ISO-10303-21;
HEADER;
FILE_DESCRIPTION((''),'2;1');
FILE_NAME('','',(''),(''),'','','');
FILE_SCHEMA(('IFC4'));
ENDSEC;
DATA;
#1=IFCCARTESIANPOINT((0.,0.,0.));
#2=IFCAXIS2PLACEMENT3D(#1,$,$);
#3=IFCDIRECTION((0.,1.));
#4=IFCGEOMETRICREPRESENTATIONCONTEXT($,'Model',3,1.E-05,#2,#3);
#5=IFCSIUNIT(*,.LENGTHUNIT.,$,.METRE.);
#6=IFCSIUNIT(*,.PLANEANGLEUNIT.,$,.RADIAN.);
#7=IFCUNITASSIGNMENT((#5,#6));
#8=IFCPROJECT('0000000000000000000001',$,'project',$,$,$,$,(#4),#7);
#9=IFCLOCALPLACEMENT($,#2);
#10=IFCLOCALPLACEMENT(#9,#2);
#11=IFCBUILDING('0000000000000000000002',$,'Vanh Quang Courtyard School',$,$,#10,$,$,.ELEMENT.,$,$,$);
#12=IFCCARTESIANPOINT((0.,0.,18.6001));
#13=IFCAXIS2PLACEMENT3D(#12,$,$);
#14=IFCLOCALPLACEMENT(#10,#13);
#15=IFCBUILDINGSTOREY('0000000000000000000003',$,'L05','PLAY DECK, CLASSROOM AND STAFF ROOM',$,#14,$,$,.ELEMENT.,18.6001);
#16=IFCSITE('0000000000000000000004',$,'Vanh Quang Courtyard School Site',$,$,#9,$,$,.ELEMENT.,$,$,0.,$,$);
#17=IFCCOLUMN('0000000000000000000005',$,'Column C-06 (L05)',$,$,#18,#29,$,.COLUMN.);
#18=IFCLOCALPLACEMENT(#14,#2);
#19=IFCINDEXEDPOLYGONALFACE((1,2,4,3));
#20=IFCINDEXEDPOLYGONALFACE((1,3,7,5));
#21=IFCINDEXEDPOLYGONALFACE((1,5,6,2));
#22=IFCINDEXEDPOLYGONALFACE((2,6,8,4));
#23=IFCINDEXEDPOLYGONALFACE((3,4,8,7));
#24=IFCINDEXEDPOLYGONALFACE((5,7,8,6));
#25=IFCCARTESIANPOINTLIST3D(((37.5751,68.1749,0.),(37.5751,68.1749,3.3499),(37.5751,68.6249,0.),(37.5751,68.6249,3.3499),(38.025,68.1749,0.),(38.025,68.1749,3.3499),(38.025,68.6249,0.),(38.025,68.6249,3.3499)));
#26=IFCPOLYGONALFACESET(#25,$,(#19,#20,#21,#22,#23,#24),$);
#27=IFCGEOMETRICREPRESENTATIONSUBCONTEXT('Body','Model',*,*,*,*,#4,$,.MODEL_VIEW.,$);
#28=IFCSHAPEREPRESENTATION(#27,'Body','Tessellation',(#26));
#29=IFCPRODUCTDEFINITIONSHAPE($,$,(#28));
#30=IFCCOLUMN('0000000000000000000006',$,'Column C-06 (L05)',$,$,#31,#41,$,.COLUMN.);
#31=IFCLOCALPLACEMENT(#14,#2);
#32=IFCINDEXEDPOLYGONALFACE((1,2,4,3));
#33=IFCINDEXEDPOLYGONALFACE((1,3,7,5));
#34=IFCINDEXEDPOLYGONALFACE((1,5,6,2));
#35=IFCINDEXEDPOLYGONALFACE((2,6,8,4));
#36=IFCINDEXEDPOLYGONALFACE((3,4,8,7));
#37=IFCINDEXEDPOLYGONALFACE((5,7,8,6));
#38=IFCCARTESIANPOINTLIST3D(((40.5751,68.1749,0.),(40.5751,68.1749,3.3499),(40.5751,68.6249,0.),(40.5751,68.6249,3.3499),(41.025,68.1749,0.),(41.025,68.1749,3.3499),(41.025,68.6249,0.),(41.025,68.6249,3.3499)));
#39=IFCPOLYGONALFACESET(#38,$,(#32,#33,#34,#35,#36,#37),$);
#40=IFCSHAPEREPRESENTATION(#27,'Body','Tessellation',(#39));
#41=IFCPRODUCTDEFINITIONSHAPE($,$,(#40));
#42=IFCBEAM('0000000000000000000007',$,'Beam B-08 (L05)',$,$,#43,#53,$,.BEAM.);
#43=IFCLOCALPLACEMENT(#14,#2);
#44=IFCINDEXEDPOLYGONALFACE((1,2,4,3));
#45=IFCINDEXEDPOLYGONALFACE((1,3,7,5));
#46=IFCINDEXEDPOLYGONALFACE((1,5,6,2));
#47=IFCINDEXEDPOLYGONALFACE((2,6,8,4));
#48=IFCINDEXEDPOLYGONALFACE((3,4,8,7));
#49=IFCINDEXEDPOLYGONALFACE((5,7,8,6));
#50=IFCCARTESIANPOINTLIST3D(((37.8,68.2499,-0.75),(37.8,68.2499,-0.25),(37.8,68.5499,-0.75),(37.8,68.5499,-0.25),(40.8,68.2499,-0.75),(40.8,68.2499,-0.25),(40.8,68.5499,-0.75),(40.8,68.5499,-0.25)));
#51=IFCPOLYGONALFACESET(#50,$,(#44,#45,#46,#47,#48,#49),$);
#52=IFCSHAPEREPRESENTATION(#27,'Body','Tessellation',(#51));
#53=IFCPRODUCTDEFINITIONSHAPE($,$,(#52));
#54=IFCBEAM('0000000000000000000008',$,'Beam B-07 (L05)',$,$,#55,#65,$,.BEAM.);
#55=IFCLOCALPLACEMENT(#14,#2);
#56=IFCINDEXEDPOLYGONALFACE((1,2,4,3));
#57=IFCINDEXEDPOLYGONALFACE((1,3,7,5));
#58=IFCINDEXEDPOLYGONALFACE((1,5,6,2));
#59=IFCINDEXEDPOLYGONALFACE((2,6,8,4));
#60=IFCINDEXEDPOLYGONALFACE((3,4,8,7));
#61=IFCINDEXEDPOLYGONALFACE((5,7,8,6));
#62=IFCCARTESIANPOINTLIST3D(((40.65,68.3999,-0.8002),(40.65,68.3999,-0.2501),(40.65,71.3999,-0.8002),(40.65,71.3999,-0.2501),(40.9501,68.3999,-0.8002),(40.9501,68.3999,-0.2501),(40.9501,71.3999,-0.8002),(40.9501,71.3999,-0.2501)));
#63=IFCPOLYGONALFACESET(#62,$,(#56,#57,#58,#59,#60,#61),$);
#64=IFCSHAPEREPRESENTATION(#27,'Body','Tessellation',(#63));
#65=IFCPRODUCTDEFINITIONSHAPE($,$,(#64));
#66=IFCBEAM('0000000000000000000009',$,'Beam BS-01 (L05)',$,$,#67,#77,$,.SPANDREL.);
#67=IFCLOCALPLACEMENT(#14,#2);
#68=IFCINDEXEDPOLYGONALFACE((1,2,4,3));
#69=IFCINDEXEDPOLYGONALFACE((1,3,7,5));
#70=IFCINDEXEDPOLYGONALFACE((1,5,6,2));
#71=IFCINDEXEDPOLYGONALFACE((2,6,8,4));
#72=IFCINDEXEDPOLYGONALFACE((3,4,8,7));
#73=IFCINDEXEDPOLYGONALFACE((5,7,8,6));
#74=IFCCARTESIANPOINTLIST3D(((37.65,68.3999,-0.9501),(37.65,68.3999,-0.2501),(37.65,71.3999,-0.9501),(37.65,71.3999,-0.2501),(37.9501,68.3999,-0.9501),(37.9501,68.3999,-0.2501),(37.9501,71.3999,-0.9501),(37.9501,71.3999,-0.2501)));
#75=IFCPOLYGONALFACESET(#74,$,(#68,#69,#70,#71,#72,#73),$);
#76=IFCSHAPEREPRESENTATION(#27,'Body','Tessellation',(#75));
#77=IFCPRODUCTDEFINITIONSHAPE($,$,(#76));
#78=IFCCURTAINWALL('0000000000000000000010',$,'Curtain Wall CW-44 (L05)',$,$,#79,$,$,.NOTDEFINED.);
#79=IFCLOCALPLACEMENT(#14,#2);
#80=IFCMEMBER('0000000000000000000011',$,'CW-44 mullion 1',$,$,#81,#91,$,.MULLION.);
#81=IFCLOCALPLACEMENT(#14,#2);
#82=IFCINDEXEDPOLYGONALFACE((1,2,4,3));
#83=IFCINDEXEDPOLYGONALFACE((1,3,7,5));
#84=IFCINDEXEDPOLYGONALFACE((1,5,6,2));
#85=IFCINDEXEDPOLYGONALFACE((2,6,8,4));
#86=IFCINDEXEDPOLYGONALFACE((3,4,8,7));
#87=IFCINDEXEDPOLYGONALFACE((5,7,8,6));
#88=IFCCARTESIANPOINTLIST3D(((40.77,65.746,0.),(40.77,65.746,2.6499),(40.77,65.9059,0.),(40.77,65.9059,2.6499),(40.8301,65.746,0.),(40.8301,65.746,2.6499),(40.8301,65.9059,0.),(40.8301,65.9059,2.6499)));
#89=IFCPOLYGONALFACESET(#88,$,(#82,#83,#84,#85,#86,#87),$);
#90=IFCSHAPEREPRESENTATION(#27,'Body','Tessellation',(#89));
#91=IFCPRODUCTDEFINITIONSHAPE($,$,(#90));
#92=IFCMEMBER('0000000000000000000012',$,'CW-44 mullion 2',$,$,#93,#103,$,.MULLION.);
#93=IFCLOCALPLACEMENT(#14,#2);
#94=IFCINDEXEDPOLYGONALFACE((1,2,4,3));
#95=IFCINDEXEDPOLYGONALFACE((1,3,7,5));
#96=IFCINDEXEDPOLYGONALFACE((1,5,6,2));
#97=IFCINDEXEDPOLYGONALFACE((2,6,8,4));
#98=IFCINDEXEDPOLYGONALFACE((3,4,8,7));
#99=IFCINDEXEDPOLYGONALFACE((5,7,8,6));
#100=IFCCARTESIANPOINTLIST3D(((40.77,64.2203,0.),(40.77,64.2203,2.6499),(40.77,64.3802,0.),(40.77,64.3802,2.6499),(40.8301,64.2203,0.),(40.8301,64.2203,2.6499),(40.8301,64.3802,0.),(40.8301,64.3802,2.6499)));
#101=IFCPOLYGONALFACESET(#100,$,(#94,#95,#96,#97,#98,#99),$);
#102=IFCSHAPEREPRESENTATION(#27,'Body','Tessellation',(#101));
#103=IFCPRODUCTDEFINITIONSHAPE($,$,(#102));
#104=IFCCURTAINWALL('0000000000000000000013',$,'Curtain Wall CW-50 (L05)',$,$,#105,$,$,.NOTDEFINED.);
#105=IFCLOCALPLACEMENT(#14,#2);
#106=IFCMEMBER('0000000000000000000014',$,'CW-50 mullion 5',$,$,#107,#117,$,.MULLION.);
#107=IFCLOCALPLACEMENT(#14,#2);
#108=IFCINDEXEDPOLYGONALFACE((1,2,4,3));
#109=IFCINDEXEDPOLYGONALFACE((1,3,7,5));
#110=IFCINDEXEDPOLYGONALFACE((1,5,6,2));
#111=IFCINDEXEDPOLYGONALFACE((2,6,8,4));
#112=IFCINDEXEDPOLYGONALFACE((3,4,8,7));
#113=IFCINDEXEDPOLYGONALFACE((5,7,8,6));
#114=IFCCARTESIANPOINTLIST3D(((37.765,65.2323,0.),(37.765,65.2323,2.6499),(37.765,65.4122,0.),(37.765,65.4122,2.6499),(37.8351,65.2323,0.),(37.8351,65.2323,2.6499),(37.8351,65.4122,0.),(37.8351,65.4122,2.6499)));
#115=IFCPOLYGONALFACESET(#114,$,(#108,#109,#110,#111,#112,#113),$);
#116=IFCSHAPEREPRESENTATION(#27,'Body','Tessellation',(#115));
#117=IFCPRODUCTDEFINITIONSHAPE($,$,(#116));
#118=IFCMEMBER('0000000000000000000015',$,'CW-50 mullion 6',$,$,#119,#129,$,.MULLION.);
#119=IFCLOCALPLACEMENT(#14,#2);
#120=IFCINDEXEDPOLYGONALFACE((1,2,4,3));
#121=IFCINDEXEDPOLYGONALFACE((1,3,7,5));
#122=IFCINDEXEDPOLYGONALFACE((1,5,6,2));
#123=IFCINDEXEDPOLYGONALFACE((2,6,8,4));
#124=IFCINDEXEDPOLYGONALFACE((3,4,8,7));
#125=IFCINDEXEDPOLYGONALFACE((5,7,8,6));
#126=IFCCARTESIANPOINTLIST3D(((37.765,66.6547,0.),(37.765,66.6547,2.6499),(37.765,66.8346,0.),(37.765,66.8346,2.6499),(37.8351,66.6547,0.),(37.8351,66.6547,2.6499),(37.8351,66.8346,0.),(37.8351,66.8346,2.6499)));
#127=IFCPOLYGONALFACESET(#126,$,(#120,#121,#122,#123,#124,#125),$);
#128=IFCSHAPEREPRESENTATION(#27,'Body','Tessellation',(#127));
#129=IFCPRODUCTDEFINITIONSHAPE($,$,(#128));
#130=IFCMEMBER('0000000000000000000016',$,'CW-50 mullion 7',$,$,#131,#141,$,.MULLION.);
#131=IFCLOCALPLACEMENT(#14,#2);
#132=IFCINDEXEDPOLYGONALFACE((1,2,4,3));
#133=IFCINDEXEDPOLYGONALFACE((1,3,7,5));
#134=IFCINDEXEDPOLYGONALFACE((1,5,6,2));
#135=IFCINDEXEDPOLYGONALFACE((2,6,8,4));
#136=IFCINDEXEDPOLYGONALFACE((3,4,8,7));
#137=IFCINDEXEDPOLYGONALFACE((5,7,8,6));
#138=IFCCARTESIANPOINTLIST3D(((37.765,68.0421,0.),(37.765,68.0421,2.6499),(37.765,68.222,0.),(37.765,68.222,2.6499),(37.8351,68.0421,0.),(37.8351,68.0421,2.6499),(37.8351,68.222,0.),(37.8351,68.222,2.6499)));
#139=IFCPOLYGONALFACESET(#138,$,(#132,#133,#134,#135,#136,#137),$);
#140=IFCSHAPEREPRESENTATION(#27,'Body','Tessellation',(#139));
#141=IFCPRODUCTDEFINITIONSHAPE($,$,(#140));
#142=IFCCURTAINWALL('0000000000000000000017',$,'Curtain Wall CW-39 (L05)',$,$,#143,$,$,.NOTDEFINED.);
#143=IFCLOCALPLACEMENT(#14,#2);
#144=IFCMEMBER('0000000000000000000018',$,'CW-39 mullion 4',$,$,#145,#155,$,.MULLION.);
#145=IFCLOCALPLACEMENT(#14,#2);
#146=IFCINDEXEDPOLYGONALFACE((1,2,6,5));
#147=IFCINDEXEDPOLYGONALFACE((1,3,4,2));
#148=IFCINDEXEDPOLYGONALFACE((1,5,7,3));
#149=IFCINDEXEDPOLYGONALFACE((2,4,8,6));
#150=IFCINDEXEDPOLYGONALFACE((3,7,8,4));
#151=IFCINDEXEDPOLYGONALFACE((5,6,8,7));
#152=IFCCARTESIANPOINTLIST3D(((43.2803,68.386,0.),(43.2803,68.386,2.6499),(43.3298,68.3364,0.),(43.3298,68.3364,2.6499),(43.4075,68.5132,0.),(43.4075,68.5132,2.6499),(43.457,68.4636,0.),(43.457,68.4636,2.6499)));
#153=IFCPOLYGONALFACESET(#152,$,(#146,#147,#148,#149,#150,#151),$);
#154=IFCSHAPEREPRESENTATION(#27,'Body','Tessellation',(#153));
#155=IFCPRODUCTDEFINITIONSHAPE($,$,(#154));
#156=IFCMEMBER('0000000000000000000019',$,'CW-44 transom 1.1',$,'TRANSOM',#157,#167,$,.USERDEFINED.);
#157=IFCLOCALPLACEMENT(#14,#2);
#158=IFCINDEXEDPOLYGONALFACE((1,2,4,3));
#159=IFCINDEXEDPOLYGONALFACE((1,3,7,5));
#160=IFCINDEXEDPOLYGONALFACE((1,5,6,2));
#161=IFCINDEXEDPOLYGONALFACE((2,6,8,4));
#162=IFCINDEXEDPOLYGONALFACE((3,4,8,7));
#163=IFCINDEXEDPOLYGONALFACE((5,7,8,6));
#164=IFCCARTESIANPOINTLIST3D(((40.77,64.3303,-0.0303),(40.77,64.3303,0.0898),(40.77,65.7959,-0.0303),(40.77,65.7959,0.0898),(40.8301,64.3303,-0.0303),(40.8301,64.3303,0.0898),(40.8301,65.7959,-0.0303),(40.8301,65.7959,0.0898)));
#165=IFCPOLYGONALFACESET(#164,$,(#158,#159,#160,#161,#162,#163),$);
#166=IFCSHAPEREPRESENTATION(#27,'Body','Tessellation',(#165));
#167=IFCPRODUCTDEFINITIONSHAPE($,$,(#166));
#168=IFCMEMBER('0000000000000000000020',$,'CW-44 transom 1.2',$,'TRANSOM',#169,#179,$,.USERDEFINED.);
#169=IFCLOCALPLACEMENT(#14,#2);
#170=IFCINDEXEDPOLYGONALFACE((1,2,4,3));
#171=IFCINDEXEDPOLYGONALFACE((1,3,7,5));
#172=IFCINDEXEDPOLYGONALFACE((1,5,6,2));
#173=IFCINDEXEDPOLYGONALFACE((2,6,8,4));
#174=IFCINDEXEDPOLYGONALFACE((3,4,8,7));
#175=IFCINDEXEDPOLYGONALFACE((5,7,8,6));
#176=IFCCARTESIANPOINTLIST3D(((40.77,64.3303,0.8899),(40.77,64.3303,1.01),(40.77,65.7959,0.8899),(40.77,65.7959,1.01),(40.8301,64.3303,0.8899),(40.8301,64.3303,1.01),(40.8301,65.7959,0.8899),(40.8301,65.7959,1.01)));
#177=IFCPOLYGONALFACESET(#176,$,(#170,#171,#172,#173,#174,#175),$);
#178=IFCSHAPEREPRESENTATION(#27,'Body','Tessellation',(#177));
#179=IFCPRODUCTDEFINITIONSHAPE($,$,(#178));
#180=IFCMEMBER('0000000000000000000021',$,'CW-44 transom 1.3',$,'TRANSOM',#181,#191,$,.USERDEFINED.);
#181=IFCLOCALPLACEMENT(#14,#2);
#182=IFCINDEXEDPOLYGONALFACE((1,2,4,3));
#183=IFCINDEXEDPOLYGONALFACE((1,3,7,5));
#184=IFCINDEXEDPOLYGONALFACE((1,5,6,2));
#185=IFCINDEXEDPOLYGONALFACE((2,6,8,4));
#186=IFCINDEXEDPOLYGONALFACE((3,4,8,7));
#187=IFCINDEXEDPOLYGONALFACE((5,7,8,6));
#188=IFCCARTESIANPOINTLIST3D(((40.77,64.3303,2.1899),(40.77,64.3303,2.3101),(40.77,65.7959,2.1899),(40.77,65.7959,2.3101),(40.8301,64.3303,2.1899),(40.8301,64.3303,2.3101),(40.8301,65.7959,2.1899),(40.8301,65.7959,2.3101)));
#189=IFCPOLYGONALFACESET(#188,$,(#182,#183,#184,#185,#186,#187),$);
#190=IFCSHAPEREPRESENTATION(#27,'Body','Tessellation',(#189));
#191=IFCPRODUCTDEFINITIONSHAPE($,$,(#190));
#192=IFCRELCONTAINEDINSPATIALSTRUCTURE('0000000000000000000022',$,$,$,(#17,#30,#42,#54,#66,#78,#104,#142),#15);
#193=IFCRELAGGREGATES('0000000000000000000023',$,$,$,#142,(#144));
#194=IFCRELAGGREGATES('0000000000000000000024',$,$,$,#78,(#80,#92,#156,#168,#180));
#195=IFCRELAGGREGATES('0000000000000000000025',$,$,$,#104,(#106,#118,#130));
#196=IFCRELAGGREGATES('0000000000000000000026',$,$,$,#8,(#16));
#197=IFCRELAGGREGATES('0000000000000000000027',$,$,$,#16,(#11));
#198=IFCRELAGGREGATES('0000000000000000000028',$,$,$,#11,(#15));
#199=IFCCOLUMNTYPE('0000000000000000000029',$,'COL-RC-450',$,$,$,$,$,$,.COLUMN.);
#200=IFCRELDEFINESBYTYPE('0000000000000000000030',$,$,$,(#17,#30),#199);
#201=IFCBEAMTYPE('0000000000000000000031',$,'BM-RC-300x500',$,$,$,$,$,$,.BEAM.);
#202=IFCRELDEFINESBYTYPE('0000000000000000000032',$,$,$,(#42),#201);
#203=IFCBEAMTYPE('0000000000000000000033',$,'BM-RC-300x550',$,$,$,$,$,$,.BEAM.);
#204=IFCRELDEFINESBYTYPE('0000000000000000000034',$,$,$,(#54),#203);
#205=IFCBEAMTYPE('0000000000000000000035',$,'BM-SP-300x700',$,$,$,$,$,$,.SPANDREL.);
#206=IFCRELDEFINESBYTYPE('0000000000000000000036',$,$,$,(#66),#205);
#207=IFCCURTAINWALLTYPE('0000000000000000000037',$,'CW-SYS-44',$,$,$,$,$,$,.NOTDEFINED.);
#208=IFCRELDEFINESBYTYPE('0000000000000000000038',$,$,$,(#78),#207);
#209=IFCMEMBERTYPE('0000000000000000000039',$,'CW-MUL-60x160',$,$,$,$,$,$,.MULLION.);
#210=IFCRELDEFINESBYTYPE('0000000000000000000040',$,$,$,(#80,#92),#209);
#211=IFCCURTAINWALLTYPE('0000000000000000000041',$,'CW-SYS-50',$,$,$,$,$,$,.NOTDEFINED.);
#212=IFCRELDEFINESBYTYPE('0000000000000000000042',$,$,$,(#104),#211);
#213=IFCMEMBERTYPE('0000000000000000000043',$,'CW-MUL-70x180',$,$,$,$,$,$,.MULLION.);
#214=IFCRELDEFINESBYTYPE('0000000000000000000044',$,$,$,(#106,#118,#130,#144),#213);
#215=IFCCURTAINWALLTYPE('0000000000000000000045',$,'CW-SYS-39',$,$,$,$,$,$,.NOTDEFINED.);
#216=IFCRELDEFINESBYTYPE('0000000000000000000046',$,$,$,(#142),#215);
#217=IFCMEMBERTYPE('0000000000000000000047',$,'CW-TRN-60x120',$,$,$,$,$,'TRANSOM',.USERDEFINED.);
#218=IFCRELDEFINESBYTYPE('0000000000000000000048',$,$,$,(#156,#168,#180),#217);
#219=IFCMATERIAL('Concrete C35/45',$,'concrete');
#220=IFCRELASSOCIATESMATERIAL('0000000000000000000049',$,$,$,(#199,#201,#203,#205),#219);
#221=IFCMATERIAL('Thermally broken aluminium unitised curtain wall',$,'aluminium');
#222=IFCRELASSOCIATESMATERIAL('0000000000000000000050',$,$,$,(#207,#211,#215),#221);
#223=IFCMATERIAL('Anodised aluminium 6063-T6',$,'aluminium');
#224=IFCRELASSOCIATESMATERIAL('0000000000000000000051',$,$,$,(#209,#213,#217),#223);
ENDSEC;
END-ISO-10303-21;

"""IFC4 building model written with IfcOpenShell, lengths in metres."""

from ifc_helpers import new_model, si_unit, direction, frame, origin, origin_2d, place, context, subcontext, project, spatial, rectangle, extrude, material, material_profile, profile_set, type_object, element, aggregate, save


model = new_model("IFC4")

# Units and contexts
model_context = context("Model", 3, precision=1e-05, world=origin(), true_north=direction((0.0, 1.0)))
body_context = subcontext(model_context, "Body", "Model", "MODEL_VIEW")
ifc_project = project(units=[si_unit("LENGTHUNIT", "METRE"), si_unit("PLANEANGLEUNIT", "RADIAN")], contexts=[model_context])

# Site, building, storey
site_placement = place(None, origin())
site = spatial("IfcSite", under=ifc_project, at=site_placement, Name="Vanh Quang Courtyard School Site", CompositionType="ELEMENT", RefElevation=0.0)
building_placement = place(site_placement, origin())
building = spatial("IfcBuilding", under=site, at=building_placement, Name="Vanh Quang Courtyard School", CompositionType="ELEMENT")
storey_placement = place(building_placement, frame((0.0, 0.0, 18.6001)))
storey = spatial("IfcBuildingStorey", under=building, at=storey_placement, Name="L05", Description="PLAY DECK, CLASSROOM AND STAFF ROOM", CompositionType="ELEMENT", Elevation=18.6001)

# Columns
ifc_material_1 = material(Name="Concrete C35/45", Category="concrete")
ifc_material_profile_1 = material_profile(ifc_material_1, rectangle(XDim=0.45, YDim=0.45, at=origin_2d()), Name="RC-COL 450x450")
ifc_profile_set_1 = profile_set([ifc_material_profile_1], Name="Concrete C35/45")
column_type = type_object("IfcColumnType", Name="COL-RC-450", PredefinedType="COLUMN", material=ifc_profile_set_1)
for number, where, z_axis, x_axis, name in (
    (1, (37.8, 68.3999, 0.0), (0.0, 0.0, 1.0), (1.0, 0.0, 0.0), "Column C-06 (L05)"),
    (2, (40.8, 68.3999, 0.0), (0.0, 0.0, 1.0), (1.0, 0.0, 0.0), "Column C-06 (L05)"),
):
    element("IfcColumn", number, at=place(storey_placement, frame(where, z_axis=z_axis, x_axis=x_axis)), inside=storey, type_object=column_type, Name=name, PredefinedType="COLUMN", context=body_context, shape_type="SweptSolid", body=[
        extrude(rectangle(XDim=0.45, YDim=0.45, at=origin_2d()), origin(), (0.0, 0.0, 1.0), 3.3499),
    ])

# Beams
ifc_material_profile_2 = material_profile(ifc_material_1, rectangle(XDim=0.3, YDim=0.5, at=origin_2d()), Name="RC-BM 300x500")
ifc_profile_set_2 = profile_set([ifc_material_profile_2], Name="Concrete C35/45")
beam_type_1 = type_object("IfcBeamType", Name="BM-RC-300x500", PredefinedType="BEAM", material=ifc_profile_set_2)
beam_1_placement = place(storey_placement, frame((37.8, 68.3999, -0.5), z_axis=(1.0, 0.0, 0.0), x_axis=(0.0, 1.0, 0.0)))
element("IfcBeam", 3, at=beam_1_placement, inside=storey, type_object=beam_type_1, Name="Beam B-08 (L05)", PredefinedType="BEAM", context=body_context, shape_type="SweptSolid", body=[
    extrude(rectangle(XDim=0.3, YDim=0.5, at=origin_2d()), origin(), (0.0, 0.0, 1.0), 3.0),
])
ifc_material_profile_3 = material_profile(ifc_material_1, rectangle(XDim=0.3, YDim=0.55, at=origin_2d()), Name="RC-BM 300x550")
ifc_profile_set_3 = profile_set([ifc_material_profile_3], Name="Concrete C35/45")
beam_type_2 = type_object("IfcBeamType", Name="BM-RC-300x550", PredefinedType="BEAM", material=ifc_profile_set_3)
beam_2_placement = place(storey_placement, frame((40.8, 68.3999, -0.5251), z_axis=(0.0, 1.0, 0.0), x_axis=(-1.0, 0.0, 0.0)))
element("IfcBeam", 4, at=beam_2_placement, inside=storey, type_object=beam_type_2, Name="Beam B-07 (L05)", PredefinedType="BEAM", context=body_context, shape_type="SweptSolid", body=[
    extrude(rectangle(XDim=0.3, YDim=0.55, at=origin_2d()), origin(), (0.0, 0.0, 1.0), 3.0),
])
ifc_material_profile_4 = material_profile(ifc_material_1, rectangle(XDim=0.3, YDim=0.7, at=origin_2d()), Name="RC-SP 300x700")
ifc_profile_set_4 = profile_set([ifc_material_profile_4], Name="Concrete C35/45")
beam_type_3 = type_object("IfcBeamType", Name="BM-SP-300x700", PredefinedType="SPANDREL", material=ifc_profile_set_4)
beam_3_placement = place(storey_placement, frame((37.8, 68.3999, -0.6001), z_axis=(0.0, 1.0, 0.0), x_axis=(-1.0, 0.0, 0.0)))
element("IfcBeam", 5, at=beam_3_placement, inside=storey, type_object=beam_type_3, Name="Beam BS-01 (L05)", PredefinedType="SPANDREL", context=body_context, shape_type="SweptSolid", body=[
    extrude(rectangle(XDim=0.3, YDim=0.7, at=origin_2d()), origin(), (0.0, 0.0, 1.0), 3.0),
])

# Curtain walls, members
ifc_material_2 = material(Name="Thermally broken aluminium unitised curtain wall", Category="aluminium")
curtain_wall_type_1 = type_object("IfcCurtainWallType", Name="CW-SYS-44", PredefinedType="NOTDEFINED", material=ifc_material_2)
curtain_wall_1_placement = place(storey_placement, origin())
curtain_wall_1 = element("IfcCurtainWall", 6, at=curtain_wall_1_placement, inside=storey, type_object=curtain_wall_type_1, Name="Curtain Wall CW-44 (L05)", PredefinedType="NOTDEFINED")
ifc_material_3 = material(Name="Anodised aluminium 6063-T6", Category="aluminium")
ifc_material_profile_5 = material_profile(ifc_material_3, rectangle(XDim=0.0601, YDim=0.1599, at=origin_2d()), Name="ALU-MUL 60x160")
ifc_profile_set_5 = profile_set([ifc_material_profile_5], Name="Anodised aluminium 6063-T6")
member_type_1 = type_object("IfcMemberType", Name="CW-MUL-60x160", PredefinedType="MULLION", material=ifc_profile_set_5)
member_1_placement = place(storey_placement, frame((40.8, 65.8259, 0.0), z_axis=(0.0, 0.0, 1.0), x_axis=(1.0, 0.0, 0.0)))
member_1 = element("IfcMember", 7, at=member_1_placement, type_object=member_type_1, Name="CW-44 mullion 1", PredefinedType="MULLION", context=body_context, shape_type="SweptSolid", body=[
    extrude(rectangle(XDim=0.0601, YDim=0.1599, at=origin_2d()), origin(), (0.0, 0.0, 1.0), 2.6499),
])
member_2_placement = place(storey_placement, frame((40.8, 64.3003, 0.0), z_axis=(0.0, 0.0, 1.0), x_axis=(1.0, 0.0, 0.0)))
member_2 = element("IfcMember", 8, at=member_2_placement, type_object=member_type_1, Name="CW-44 mullion 2", PredefinedType="MULLION", context=body_context, shape_type="SweptSolid", body=[
    extrude(rectangle(XDim=0.0601, YDim=0.1599, at=origin_2d()), origin(), (0.0, 0.0, 1.0), 2.6499),
])
curtain_wall_type_2 = type_object("IfcCurtainWallType", Name="CW-SYS-50", PredefinedType="NOTDEFINED", material=ifc_material_2)
curtain_wall_2_placement = place(storey_placement, origin())
curtain_wall_2 = element("IfcCurtainWall", 9, at=curtain_wall_2_placement, inside=storey, type_object=curtain_wall_type_2, Name="Curtain Wall CW-50 (L05)", PredefinedType="NOTDEFINED")
ifc_material_profile_6 = material_profile(ifc_material_3, rectangle(XDim=0.0701, YDim=0.1799, at=origin_2d()), Name="ALU-MUL 70x180")
ifc_profile_set_6 = profile_set([ifc_material_profile_6], Name="Anodised aluminium 6063-T6")
member_type_2 = type_object("IfcMemberType", Name="CW-MUL-70x180", PredefinedType="MULLION", material=ifc_profile_set_6)
member_3_placement = place(storey_placement, frame((37.8, 65.3223, 0.0), z_axis=(0.0, 0.0, 1.0), x_axis=(-1.0, 0.0, 0.0)))
member_3 = element("IfcMember", 10, at=member_3_placement, type_object=member_type_2, Name="CW-50 mullion 5", PredefinedType="MULLION", context=body_context, shape_type="SweptSolid", body=[
    extrude(rectangle(XDim=0.0701, YDim=0.1799, at=origin_2d()), origin(), (0.0, 0.0, 1.0), 2.6499),
])
member_4_placement = place(storey_placement, frame((37.8, 66.7446, 0.0), z_axis=(0.0, 0.0, 1.0), x_axis=(-1.0, 0.0, 0.0)))
member_4 = element("IfcMember", 11, at=member_4_placement, type_object=member_type_2, Name="CW-50 mullion 6", PredefinedType="MULLION", context=body_context, shape_type="SweptSolid", body=[
    extrude(rectangle(XDim=0.0701, YDim=0.1799, at=origin_2d()), origin(), (0.0, 0.0, 1.0), 2.6499),
])
member_5_placement = place(storey_placement, frame((37.8, 68.1321, 0.0), z_axis=(0.0, 0.0, 1.0), x_axis=(-1.0, 0.0, 0.0)))
member_5 = element("IfcMember", 12, at=member_5_placement, type_object=member_type_2, Name="CW-50 mullion 7", PredefinedType="MULLION", context=body_context, shape_type="SweptSolid", body=[
    extrude(rectangle(XDim=0.0701, YDim=0.1799, at=origin_2d()), origin(), (0.0, 0.0, 1.0), 2.6499),
])

# Curtain wall, member
curtain_wall_type_3 = type_object("IfcCurtainWallType", Name="CW-SYS-39", PredefinedType="NOTDEFINED", material=ifc_material_2)
curtain_wall_3_placement = place(storey_placement, origin())
curtain_wall_3 = element("IfcCurtainWall", 13, at=curtain_wall_3_placement, inside=storey, type_object=curtain_wall_type_3, Name="Curtain Wall CW-39 (L05)", PredefinedType="NOTDEFINED")
member_6_placement = place(storey_placement, frame((43.3687, 68.4248, 0.0), z_axis=(0.0, 0.0, 1.0), x_axis=(0.707107, -0.707107, 0.0)))
member_6 = element("IfcMember", 14, at=member_6_placement, type_object=member_type_2, Name="CW-39 mullion 4", PredefinedType="MULLION", context=body_context, shape_type="SweptSolid", body=[
    extrude(rectangle(XDim=0.0701, YDim=0.1799, at=origin_2d()), origin(), (0.0, 0.0, 1.0), 2.6499),
])
aggregate(curtain_wall_3, [member_6])

# Members
ifc_material_profile_7 = material_profile(ifc_material_3, rectangle(XDim=0.0601, YDim=0.1201, at=origin_2d()), Name="ALU-TRN 60x120")
ifc_profile_set_7 = profile_set([ifc_material_profile_7], Name="Anodised aluminium 6063-T6")
member_type_3 = type_object("IfcMemberType", Name="CW-TRN-60x120", ElementType="TRANSOM", PredefinedType="USERDEFINED", material=ifc_profile_set_7)
member_7_placement = place(storey_placement, frame((40.8, 65.7959, 0.0298), z_axis=(0.0, -1.0, 0.0), x_axis=(1.0, 0.0, 0.0)))
member_7 = element("IfcMember", 15, at=member_7_placement, type_object=member_type_3, Name="CW-44 transom 1.1", ObjectType="TRANSOM", PredefinedType="USERDEFINED", context=body_context, shape_type="SweptSolid", body=[
    extrude(rectangle(XDim=0.0601, YDim=0.1201, at=origin_2d()), origin(), (0.0, 0.0, 1.0), 1.4656),
])
member_8_placement = place(storey_placement, frame((40.8, 65.7959, 0.95), z_axis=(0.0, -1.0, 0.0), x_axis=(1.0, 0.0, 0.0)))
member_8 = element("IfcMember", 16, at=member_8_placement, type_object=member_type_3, Name="CW-44 transom 1.2", ObjectType="TRANSOM", PredefinedType="USERDEFINED", context=body_context, shape_type="SweptSolid", body=[
    extrude(rectangle(XDim=0.0601, YDim=0.1201, at=origin_2d()), origin(), (0.0, 0.0, 1.0), 1.4656),
])
member_9_placement = place(storey_placement, frame((40.8, 65.7959, 2.25), z_axis=(0.0, -1.0, 0.0), x_axis=(1.0, 0.0, 0.0)))
member_9 = element("IfcMember", 17, at=member_9_placement, type_object=member_type_3, Name="CW-44 transom 1.3", ObjectType="TRANSOM", PredefinedType="USERDEFINED", context=body_context, shape_type="SweptSolid", body=[
    extrude(rectangle(XDim=0.0601, YDim=0.1201, at=origin_2d()), origin(), (0.0, 0.0, 1.0), 1.4656),
])

aggregate(curtain_wall_1, [member_1, member_2, member_7, member_8, member_9])
aggregate(curtain_wall_2, [member_3, member_4, member_5])

save(model, "model.ifc")
